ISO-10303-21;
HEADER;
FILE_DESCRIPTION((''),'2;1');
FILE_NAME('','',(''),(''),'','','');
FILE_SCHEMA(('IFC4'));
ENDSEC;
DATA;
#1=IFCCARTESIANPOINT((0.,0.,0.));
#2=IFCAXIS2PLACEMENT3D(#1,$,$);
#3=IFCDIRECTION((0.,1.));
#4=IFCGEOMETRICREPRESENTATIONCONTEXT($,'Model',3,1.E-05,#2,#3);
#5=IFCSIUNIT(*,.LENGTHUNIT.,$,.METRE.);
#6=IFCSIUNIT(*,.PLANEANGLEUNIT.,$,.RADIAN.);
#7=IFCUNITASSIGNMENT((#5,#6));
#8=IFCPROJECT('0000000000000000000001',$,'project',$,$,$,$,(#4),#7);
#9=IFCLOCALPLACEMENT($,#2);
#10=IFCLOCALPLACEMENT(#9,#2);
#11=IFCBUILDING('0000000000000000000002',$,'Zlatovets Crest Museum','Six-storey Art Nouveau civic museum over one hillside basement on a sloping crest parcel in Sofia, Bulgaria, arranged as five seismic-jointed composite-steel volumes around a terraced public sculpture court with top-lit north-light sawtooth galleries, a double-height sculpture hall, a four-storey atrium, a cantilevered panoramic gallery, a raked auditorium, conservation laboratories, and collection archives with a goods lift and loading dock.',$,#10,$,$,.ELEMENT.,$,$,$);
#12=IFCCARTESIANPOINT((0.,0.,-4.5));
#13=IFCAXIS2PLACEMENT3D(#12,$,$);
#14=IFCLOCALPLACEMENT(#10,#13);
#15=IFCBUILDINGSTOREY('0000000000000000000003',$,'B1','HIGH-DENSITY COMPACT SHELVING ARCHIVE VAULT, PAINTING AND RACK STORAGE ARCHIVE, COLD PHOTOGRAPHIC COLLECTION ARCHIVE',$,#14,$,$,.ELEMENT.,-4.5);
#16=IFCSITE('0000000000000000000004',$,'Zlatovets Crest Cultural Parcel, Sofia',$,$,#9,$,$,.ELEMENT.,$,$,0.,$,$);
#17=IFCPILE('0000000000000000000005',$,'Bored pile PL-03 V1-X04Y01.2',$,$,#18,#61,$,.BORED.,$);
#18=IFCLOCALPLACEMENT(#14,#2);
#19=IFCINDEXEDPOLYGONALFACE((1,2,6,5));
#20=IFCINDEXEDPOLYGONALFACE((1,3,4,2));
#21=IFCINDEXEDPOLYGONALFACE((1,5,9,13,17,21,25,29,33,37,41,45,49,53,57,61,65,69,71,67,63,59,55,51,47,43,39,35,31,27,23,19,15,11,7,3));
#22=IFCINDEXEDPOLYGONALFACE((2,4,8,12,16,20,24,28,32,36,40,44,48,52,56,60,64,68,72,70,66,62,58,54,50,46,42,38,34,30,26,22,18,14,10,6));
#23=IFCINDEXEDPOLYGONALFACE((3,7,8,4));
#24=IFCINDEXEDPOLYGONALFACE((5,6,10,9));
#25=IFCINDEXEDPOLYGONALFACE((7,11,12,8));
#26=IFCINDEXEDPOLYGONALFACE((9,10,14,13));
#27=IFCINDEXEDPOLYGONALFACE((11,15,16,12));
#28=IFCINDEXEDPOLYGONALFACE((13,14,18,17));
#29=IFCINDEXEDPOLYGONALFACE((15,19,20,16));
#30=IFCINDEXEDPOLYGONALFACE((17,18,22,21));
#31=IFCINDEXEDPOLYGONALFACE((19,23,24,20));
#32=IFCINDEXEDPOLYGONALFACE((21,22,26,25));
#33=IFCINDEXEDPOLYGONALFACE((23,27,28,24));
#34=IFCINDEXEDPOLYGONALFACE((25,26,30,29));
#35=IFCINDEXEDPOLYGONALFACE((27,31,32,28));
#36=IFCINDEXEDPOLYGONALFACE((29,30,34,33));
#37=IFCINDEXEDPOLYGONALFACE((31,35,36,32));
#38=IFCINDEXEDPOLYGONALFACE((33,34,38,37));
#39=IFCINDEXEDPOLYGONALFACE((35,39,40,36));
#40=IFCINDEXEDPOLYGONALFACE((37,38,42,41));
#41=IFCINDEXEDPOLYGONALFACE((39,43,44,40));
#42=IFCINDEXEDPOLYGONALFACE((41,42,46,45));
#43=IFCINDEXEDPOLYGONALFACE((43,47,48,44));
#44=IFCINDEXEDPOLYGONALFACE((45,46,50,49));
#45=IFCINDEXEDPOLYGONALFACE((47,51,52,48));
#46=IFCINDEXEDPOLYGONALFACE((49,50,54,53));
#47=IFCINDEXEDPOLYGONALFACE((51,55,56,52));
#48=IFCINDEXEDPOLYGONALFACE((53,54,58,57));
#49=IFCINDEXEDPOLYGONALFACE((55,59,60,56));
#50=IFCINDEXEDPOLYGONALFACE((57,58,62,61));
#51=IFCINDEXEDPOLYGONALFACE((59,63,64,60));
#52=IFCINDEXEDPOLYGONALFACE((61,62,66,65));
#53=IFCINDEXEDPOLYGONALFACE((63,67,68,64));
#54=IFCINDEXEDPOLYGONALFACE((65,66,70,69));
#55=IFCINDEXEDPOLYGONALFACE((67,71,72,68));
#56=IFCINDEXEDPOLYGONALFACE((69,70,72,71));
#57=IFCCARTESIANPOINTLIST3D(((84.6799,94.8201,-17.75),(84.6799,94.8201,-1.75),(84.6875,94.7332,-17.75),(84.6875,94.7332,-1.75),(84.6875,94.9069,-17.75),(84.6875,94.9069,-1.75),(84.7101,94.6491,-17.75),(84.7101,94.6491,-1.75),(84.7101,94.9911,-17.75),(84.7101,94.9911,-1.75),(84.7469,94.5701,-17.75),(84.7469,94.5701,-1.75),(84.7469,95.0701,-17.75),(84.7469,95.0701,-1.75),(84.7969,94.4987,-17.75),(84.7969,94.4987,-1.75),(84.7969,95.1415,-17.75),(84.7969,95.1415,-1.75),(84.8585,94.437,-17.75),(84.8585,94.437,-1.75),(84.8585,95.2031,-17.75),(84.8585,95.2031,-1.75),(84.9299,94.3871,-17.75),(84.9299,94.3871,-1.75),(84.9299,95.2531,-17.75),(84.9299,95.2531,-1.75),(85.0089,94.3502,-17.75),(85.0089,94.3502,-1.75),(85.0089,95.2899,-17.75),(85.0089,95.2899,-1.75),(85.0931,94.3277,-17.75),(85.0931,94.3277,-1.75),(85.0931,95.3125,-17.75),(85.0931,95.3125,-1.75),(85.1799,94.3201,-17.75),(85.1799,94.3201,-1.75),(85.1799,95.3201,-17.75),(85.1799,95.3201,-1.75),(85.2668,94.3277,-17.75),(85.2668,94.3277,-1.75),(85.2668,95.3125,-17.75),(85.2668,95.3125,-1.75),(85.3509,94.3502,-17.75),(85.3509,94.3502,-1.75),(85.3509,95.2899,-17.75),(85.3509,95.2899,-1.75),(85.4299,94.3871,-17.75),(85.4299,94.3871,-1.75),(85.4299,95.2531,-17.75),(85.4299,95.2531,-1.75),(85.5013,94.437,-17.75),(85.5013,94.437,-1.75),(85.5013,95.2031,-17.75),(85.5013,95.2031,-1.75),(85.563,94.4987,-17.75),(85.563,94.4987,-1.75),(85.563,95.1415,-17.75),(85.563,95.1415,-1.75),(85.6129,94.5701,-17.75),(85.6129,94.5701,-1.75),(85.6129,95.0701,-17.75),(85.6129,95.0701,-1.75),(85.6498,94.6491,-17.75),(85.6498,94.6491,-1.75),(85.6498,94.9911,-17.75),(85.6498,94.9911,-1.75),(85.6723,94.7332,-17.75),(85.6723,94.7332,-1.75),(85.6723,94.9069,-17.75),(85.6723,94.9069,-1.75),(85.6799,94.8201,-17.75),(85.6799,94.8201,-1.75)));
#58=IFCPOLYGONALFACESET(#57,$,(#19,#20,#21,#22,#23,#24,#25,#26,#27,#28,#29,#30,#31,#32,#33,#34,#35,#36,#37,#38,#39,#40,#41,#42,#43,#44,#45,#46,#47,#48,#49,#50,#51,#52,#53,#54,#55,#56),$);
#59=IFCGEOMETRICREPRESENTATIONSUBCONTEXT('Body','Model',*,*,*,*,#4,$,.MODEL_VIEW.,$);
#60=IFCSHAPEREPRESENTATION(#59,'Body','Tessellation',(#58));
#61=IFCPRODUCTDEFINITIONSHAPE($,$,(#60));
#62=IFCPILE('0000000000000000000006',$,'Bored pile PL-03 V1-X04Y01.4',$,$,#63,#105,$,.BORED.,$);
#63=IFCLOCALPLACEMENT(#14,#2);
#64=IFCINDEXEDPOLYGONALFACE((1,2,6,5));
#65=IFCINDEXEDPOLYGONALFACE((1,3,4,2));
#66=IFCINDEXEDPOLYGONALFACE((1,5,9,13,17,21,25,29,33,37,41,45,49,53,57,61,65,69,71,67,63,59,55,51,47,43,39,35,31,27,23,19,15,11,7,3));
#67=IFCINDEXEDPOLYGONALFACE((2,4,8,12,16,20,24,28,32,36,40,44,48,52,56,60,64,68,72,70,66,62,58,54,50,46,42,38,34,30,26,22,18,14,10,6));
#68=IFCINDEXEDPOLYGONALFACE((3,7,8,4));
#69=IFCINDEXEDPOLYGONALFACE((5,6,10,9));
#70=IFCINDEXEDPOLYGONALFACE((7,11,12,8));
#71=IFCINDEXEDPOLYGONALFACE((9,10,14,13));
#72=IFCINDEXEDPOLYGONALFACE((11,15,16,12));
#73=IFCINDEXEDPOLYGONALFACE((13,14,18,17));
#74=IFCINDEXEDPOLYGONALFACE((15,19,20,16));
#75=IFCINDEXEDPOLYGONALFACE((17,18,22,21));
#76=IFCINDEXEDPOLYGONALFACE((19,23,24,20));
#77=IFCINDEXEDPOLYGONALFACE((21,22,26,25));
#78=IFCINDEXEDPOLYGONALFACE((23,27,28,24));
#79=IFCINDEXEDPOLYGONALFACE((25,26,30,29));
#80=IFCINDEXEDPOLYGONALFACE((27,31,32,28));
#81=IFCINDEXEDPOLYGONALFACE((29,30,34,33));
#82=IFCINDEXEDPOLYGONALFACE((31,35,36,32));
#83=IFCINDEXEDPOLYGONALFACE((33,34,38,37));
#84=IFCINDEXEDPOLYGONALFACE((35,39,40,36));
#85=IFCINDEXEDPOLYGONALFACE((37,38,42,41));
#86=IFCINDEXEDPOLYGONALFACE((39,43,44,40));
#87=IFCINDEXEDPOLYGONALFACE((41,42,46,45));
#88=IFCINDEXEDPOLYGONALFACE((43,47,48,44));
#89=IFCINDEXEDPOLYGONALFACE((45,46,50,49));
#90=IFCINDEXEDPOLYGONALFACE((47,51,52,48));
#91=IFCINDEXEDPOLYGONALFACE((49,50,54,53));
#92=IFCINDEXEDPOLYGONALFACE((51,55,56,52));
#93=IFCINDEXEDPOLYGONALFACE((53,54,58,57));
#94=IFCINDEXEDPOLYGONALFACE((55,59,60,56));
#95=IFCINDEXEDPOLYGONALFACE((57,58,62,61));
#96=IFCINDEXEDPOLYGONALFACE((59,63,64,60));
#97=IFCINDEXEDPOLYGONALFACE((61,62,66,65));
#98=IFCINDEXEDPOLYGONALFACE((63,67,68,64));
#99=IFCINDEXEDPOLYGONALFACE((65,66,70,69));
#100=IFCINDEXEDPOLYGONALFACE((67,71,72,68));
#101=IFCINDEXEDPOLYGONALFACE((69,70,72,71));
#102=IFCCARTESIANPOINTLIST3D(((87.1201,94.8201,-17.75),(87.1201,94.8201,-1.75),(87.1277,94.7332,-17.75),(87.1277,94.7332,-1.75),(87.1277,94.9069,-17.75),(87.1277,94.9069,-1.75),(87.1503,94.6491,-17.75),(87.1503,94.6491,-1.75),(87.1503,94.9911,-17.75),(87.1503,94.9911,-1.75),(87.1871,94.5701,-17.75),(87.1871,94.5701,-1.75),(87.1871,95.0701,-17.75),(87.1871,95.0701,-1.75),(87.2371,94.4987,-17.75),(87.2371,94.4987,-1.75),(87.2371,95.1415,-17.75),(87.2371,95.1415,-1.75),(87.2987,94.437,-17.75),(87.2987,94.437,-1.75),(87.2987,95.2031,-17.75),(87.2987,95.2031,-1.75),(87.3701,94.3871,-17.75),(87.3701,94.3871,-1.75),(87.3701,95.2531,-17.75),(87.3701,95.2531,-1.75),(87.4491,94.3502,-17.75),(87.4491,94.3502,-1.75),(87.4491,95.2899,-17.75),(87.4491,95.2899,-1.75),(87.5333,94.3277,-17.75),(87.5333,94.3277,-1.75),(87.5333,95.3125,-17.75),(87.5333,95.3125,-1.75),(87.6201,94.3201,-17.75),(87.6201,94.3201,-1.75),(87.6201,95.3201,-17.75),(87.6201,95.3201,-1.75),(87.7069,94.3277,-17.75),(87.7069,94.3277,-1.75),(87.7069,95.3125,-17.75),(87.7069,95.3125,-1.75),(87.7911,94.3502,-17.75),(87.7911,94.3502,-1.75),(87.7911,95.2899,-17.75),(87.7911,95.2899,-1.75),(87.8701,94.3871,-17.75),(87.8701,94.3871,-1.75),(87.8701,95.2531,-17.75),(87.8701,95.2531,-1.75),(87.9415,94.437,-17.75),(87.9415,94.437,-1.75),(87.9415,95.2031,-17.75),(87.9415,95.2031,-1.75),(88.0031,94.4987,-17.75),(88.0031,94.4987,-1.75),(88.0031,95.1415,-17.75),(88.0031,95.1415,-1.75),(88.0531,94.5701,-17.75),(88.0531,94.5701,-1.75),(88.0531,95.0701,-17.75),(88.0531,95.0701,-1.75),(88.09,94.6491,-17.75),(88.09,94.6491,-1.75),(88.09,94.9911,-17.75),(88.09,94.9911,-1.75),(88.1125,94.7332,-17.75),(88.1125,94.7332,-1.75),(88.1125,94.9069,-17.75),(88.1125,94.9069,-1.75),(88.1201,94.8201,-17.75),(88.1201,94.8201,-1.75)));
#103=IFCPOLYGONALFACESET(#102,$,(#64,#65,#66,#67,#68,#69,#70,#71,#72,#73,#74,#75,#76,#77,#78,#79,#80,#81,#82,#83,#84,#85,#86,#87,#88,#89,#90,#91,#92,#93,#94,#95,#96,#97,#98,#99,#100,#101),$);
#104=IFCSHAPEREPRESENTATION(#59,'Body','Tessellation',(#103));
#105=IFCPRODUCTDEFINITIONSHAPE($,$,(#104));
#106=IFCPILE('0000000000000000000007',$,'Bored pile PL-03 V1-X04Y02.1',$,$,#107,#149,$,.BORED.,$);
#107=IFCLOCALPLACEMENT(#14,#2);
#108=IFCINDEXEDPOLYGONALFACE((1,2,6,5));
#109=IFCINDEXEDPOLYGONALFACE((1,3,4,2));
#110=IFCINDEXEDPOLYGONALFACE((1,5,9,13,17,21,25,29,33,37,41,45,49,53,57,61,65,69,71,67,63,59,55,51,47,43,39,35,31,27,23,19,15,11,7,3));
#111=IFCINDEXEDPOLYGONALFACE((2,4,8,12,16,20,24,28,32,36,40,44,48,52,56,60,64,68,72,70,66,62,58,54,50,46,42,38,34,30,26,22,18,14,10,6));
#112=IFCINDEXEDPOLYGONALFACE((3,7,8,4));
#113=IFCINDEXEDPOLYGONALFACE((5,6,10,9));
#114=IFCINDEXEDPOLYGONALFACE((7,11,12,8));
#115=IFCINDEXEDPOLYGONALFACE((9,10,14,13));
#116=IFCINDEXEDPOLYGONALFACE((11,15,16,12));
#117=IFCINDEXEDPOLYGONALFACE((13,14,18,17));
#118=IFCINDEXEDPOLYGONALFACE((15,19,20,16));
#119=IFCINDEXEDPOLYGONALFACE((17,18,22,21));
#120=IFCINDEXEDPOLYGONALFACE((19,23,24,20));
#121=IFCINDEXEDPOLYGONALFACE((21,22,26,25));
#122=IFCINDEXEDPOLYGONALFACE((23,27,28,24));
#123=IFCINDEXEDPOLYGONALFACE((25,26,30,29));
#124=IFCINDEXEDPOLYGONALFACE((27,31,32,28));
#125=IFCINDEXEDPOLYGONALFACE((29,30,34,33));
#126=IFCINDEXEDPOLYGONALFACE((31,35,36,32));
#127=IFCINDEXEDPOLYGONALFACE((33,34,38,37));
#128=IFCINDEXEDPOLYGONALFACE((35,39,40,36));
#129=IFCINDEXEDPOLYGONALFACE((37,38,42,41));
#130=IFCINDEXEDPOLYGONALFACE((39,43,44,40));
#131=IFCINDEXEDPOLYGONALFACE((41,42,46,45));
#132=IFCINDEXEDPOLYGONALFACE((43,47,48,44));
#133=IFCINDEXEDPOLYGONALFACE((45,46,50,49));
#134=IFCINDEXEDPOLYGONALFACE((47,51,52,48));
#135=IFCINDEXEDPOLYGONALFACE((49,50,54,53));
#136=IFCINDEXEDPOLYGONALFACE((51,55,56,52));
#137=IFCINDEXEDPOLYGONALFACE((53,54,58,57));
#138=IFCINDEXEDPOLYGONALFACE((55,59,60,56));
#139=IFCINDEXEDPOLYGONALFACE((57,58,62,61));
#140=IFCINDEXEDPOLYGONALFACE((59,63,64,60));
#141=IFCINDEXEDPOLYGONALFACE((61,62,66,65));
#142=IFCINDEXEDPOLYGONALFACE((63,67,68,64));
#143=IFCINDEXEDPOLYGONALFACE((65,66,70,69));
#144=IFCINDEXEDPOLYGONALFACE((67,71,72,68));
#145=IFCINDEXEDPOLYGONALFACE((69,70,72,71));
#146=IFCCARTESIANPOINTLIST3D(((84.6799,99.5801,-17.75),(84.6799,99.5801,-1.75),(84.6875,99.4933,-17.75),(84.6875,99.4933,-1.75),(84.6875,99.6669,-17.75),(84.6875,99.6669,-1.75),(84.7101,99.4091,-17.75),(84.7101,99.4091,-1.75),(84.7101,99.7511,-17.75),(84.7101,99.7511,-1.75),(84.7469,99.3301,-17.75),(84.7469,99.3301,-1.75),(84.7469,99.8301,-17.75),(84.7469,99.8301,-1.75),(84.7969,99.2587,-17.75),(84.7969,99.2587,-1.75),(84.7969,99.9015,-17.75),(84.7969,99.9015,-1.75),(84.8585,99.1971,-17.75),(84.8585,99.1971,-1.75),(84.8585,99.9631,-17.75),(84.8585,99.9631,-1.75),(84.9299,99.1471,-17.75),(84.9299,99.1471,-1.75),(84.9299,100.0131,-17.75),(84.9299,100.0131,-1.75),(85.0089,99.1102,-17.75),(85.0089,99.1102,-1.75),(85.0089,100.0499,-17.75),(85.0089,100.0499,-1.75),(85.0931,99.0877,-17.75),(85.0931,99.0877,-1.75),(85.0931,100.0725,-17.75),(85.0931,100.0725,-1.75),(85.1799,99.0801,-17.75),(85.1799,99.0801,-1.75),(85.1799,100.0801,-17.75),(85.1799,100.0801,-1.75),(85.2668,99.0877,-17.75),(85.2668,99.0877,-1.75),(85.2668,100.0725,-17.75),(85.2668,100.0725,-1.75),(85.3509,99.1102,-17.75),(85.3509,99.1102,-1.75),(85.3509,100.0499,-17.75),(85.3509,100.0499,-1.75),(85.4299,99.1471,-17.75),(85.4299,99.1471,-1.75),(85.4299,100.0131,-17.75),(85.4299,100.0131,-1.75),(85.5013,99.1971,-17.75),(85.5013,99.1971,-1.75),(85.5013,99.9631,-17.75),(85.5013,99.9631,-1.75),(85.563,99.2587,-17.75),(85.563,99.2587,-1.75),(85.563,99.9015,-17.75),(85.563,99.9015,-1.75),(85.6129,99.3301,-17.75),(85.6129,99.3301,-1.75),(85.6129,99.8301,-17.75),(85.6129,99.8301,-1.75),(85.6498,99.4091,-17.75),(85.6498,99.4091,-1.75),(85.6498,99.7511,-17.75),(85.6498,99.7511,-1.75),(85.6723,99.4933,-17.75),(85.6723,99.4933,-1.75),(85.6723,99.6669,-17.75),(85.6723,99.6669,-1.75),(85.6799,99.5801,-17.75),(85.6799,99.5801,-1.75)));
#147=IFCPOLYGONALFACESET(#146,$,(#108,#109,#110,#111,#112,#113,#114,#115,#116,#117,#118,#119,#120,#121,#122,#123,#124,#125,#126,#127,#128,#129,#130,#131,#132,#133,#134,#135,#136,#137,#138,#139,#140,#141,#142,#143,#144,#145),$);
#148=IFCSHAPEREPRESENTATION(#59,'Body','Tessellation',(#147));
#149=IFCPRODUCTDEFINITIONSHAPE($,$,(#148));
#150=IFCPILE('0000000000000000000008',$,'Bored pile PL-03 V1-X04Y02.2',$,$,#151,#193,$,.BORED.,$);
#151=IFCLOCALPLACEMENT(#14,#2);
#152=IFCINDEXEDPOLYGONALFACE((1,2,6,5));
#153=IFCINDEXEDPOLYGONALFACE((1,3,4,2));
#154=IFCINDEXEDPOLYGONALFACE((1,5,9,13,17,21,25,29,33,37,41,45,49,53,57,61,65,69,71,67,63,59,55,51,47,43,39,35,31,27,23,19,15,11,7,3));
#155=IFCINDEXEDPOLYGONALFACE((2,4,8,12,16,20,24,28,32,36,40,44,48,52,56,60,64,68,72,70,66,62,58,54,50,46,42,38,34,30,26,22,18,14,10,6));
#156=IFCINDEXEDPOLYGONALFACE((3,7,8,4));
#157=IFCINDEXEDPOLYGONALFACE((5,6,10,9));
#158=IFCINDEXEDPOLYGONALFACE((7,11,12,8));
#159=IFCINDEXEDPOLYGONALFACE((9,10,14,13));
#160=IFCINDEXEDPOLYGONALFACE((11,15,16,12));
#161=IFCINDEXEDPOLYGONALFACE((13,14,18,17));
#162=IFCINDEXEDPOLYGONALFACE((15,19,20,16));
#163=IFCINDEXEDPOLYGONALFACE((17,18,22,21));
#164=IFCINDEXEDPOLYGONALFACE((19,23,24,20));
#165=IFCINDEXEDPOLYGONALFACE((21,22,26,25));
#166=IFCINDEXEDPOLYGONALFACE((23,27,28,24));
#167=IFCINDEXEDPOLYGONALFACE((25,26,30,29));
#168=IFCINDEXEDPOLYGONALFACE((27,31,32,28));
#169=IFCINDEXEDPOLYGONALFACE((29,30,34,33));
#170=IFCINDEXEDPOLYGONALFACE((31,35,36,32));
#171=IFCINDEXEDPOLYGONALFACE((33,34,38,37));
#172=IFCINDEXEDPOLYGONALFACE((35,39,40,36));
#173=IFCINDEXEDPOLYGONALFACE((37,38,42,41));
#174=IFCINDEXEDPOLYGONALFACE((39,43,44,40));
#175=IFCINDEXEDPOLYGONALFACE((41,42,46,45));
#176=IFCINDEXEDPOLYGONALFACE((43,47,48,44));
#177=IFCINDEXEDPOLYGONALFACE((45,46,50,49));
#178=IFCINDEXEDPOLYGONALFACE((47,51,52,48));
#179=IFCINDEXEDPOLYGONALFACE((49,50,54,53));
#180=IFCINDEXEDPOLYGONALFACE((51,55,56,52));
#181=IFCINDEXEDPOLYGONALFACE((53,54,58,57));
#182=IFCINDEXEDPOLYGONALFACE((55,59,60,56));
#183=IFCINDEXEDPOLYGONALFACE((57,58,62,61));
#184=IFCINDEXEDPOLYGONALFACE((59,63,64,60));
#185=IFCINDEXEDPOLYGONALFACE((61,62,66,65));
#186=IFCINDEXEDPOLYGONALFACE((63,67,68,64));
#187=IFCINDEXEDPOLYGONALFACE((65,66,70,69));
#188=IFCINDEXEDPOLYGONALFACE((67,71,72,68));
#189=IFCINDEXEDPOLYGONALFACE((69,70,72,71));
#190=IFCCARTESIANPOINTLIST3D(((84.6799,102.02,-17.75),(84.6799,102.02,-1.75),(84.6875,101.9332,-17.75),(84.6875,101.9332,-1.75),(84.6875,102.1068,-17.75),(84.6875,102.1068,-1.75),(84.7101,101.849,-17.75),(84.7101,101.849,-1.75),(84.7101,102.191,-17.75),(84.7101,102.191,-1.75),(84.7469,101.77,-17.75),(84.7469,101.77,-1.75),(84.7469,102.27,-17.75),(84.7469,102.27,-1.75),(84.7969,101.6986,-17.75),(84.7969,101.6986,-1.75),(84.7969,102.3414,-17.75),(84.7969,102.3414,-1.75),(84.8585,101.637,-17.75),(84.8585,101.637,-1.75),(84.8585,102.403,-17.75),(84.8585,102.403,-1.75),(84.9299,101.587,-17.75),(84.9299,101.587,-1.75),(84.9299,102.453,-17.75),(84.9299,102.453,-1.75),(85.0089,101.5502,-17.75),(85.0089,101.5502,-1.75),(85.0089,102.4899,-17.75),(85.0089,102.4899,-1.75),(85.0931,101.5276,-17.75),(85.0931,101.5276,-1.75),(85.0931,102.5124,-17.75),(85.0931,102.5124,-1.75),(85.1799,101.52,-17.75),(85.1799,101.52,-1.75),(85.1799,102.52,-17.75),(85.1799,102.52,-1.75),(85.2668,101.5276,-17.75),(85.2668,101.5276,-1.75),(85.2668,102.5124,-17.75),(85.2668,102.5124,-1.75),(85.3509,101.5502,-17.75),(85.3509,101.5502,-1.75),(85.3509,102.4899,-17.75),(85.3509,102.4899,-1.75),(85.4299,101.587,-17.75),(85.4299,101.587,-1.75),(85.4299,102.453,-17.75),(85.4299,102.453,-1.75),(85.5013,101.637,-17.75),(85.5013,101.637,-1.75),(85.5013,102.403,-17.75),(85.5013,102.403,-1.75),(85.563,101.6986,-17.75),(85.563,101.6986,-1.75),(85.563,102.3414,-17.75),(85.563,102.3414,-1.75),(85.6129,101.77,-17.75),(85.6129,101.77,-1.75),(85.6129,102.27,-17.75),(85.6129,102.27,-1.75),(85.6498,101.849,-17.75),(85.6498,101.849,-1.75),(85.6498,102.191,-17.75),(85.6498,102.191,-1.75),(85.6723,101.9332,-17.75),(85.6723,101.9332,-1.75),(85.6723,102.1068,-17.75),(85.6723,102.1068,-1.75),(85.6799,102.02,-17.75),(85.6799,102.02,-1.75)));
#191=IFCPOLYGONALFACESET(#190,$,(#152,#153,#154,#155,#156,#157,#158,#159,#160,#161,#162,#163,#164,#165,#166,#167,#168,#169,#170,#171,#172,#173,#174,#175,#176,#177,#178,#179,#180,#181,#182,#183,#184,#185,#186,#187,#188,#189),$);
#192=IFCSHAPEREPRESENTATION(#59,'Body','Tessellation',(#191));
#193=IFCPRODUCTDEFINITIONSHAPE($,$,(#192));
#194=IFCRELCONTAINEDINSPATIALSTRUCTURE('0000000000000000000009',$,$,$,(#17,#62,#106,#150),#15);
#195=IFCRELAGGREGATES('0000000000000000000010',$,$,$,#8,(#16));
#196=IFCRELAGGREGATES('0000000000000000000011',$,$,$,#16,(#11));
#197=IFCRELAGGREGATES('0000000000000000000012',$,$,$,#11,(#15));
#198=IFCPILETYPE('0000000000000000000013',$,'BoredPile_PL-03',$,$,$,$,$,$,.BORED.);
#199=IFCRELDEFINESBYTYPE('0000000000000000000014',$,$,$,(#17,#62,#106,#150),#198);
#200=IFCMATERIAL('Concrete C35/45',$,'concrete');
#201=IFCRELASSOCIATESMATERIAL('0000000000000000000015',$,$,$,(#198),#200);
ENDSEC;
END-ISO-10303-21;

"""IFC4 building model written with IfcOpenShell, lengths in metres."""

from ifc_helpers import new_model, si_unit, direction, frame, origin, origin_2d, place, context, subcontext, project, spatial, circle, extrude, material, material_profile, profile_set, type_object, element, save


model = new_model("IFC4")

# Units and contexts
model_context = context("Model", 3, precision=1e-05, world=origin(), true_north=direction((0.0, 1.0)))
body_context = subcontext(model_context, "Body", "Model", "MODEL_VIEW")
ifc_project = project(units=[si_unit("LENGTHUNIT", "METRE"), si_unit("PLANEANGLEUNIT", "RADIAN")], contexts=[model_context])

# Site, building, storey
site_placement = place(None, origin())
site = spatial("IfcSite", under=ifc_project, at=site_placement, Name="Zlatovets Crest Cultural Parcel, Sofia", CompositionType="ELEMENT", RefElevation=0.0)
building_placement = place(site_placement, origin())
building = spatial("IfcBuilding", under=site, at=building_placement, Name="Zlatovets Crest Museum", Description="Six-storey Art Nouveau civic museum over one hillside basement on a sloping crest parcel in Sofia, Bulgaria, arranged as five seismic-jointed composite-steel volumes around a terraced public sculpture court with top-lit north-light sawtooth galleries, a double-height sculpture hall, a four-storey atrium, a cantilevered panoramic gallery, a raked auditorium, conservation laboratories, and collection archives with a goods lift and loading dock.", CompositionType="ELEMENT")
storey_placement = place(building_placement, frame((0.0, 0.0, -4.5)))
storey = spatial("IfcBuildingStorey", under=building, at=storey_placement, Name="B1", Description="HIGH-DENSITY COMPACT SHELVING ARCHIVE VAULT, PAINTING AND RACK STORAGE ARCHIVE, COLD PHOTOGRAPHIC COLLECTION ARCHIVE", CompositionType="ELEMENT", Elevation=-4.5)

# Piles
ifc_material_1 = material(Name="Concrete C35/45", Category="concrete")
ifc_material_profile_1 = material_profile(ifc_material_1, circle(Radius=0.5, at=origin_2d()), Name="PILE D1000")
ifc_profile_set_1 = profile_set([ifc_material_profile_1], Name="Concrete C35/45")
pile_type = type_object("IfcPileType", Name="BoredPile_PL-03", PredefinedType="BORED", material=ifc_profile_set_1)
for number, where, z_axis, x_axis, name in (
    (1, (85.1799, 94.8201, -1.75), (0.0, 0.0, -1.0), (1.0, 0.0, 0.0), "Bored pile PL-03 V1-X04Y01.2"),
    (2, (87.6201, 94.8201, -1.75), (0.0, 0.0, -1.0), (1.0, 0.0, 0.0), "Bored pile PL-03 V1-X04Y01.4"),
    (3, (85.1799, 99.5801, -1.75), (0.0, 0.0, -1.0), (1.0, 0.0, 0.0), "Bored pile PL-03 V1-X04Y02.1"),
    (4, (85.1799, 102.02, -1.75), (0.0, 0.0, -1.0), (1.0, 0.0, 0.0), "Bored pile PL-03 V1-X04Y02.2"),
):
    element("IfcPile", number, at=place(storey_placement, frame(where, z_axis=z_axis, x_axis=x_axis)), inside=storey, type_object=pile_type, Name=name, PredefinedType="BORED", context=body_context, shape_type="SweptSolid", body=[
        extrude(circle(Radius=0.5, at=origin_2d()), origin(), (0.0, 0.0, 1.0), 16.0),
    ])

save(model, "model.ifc")
